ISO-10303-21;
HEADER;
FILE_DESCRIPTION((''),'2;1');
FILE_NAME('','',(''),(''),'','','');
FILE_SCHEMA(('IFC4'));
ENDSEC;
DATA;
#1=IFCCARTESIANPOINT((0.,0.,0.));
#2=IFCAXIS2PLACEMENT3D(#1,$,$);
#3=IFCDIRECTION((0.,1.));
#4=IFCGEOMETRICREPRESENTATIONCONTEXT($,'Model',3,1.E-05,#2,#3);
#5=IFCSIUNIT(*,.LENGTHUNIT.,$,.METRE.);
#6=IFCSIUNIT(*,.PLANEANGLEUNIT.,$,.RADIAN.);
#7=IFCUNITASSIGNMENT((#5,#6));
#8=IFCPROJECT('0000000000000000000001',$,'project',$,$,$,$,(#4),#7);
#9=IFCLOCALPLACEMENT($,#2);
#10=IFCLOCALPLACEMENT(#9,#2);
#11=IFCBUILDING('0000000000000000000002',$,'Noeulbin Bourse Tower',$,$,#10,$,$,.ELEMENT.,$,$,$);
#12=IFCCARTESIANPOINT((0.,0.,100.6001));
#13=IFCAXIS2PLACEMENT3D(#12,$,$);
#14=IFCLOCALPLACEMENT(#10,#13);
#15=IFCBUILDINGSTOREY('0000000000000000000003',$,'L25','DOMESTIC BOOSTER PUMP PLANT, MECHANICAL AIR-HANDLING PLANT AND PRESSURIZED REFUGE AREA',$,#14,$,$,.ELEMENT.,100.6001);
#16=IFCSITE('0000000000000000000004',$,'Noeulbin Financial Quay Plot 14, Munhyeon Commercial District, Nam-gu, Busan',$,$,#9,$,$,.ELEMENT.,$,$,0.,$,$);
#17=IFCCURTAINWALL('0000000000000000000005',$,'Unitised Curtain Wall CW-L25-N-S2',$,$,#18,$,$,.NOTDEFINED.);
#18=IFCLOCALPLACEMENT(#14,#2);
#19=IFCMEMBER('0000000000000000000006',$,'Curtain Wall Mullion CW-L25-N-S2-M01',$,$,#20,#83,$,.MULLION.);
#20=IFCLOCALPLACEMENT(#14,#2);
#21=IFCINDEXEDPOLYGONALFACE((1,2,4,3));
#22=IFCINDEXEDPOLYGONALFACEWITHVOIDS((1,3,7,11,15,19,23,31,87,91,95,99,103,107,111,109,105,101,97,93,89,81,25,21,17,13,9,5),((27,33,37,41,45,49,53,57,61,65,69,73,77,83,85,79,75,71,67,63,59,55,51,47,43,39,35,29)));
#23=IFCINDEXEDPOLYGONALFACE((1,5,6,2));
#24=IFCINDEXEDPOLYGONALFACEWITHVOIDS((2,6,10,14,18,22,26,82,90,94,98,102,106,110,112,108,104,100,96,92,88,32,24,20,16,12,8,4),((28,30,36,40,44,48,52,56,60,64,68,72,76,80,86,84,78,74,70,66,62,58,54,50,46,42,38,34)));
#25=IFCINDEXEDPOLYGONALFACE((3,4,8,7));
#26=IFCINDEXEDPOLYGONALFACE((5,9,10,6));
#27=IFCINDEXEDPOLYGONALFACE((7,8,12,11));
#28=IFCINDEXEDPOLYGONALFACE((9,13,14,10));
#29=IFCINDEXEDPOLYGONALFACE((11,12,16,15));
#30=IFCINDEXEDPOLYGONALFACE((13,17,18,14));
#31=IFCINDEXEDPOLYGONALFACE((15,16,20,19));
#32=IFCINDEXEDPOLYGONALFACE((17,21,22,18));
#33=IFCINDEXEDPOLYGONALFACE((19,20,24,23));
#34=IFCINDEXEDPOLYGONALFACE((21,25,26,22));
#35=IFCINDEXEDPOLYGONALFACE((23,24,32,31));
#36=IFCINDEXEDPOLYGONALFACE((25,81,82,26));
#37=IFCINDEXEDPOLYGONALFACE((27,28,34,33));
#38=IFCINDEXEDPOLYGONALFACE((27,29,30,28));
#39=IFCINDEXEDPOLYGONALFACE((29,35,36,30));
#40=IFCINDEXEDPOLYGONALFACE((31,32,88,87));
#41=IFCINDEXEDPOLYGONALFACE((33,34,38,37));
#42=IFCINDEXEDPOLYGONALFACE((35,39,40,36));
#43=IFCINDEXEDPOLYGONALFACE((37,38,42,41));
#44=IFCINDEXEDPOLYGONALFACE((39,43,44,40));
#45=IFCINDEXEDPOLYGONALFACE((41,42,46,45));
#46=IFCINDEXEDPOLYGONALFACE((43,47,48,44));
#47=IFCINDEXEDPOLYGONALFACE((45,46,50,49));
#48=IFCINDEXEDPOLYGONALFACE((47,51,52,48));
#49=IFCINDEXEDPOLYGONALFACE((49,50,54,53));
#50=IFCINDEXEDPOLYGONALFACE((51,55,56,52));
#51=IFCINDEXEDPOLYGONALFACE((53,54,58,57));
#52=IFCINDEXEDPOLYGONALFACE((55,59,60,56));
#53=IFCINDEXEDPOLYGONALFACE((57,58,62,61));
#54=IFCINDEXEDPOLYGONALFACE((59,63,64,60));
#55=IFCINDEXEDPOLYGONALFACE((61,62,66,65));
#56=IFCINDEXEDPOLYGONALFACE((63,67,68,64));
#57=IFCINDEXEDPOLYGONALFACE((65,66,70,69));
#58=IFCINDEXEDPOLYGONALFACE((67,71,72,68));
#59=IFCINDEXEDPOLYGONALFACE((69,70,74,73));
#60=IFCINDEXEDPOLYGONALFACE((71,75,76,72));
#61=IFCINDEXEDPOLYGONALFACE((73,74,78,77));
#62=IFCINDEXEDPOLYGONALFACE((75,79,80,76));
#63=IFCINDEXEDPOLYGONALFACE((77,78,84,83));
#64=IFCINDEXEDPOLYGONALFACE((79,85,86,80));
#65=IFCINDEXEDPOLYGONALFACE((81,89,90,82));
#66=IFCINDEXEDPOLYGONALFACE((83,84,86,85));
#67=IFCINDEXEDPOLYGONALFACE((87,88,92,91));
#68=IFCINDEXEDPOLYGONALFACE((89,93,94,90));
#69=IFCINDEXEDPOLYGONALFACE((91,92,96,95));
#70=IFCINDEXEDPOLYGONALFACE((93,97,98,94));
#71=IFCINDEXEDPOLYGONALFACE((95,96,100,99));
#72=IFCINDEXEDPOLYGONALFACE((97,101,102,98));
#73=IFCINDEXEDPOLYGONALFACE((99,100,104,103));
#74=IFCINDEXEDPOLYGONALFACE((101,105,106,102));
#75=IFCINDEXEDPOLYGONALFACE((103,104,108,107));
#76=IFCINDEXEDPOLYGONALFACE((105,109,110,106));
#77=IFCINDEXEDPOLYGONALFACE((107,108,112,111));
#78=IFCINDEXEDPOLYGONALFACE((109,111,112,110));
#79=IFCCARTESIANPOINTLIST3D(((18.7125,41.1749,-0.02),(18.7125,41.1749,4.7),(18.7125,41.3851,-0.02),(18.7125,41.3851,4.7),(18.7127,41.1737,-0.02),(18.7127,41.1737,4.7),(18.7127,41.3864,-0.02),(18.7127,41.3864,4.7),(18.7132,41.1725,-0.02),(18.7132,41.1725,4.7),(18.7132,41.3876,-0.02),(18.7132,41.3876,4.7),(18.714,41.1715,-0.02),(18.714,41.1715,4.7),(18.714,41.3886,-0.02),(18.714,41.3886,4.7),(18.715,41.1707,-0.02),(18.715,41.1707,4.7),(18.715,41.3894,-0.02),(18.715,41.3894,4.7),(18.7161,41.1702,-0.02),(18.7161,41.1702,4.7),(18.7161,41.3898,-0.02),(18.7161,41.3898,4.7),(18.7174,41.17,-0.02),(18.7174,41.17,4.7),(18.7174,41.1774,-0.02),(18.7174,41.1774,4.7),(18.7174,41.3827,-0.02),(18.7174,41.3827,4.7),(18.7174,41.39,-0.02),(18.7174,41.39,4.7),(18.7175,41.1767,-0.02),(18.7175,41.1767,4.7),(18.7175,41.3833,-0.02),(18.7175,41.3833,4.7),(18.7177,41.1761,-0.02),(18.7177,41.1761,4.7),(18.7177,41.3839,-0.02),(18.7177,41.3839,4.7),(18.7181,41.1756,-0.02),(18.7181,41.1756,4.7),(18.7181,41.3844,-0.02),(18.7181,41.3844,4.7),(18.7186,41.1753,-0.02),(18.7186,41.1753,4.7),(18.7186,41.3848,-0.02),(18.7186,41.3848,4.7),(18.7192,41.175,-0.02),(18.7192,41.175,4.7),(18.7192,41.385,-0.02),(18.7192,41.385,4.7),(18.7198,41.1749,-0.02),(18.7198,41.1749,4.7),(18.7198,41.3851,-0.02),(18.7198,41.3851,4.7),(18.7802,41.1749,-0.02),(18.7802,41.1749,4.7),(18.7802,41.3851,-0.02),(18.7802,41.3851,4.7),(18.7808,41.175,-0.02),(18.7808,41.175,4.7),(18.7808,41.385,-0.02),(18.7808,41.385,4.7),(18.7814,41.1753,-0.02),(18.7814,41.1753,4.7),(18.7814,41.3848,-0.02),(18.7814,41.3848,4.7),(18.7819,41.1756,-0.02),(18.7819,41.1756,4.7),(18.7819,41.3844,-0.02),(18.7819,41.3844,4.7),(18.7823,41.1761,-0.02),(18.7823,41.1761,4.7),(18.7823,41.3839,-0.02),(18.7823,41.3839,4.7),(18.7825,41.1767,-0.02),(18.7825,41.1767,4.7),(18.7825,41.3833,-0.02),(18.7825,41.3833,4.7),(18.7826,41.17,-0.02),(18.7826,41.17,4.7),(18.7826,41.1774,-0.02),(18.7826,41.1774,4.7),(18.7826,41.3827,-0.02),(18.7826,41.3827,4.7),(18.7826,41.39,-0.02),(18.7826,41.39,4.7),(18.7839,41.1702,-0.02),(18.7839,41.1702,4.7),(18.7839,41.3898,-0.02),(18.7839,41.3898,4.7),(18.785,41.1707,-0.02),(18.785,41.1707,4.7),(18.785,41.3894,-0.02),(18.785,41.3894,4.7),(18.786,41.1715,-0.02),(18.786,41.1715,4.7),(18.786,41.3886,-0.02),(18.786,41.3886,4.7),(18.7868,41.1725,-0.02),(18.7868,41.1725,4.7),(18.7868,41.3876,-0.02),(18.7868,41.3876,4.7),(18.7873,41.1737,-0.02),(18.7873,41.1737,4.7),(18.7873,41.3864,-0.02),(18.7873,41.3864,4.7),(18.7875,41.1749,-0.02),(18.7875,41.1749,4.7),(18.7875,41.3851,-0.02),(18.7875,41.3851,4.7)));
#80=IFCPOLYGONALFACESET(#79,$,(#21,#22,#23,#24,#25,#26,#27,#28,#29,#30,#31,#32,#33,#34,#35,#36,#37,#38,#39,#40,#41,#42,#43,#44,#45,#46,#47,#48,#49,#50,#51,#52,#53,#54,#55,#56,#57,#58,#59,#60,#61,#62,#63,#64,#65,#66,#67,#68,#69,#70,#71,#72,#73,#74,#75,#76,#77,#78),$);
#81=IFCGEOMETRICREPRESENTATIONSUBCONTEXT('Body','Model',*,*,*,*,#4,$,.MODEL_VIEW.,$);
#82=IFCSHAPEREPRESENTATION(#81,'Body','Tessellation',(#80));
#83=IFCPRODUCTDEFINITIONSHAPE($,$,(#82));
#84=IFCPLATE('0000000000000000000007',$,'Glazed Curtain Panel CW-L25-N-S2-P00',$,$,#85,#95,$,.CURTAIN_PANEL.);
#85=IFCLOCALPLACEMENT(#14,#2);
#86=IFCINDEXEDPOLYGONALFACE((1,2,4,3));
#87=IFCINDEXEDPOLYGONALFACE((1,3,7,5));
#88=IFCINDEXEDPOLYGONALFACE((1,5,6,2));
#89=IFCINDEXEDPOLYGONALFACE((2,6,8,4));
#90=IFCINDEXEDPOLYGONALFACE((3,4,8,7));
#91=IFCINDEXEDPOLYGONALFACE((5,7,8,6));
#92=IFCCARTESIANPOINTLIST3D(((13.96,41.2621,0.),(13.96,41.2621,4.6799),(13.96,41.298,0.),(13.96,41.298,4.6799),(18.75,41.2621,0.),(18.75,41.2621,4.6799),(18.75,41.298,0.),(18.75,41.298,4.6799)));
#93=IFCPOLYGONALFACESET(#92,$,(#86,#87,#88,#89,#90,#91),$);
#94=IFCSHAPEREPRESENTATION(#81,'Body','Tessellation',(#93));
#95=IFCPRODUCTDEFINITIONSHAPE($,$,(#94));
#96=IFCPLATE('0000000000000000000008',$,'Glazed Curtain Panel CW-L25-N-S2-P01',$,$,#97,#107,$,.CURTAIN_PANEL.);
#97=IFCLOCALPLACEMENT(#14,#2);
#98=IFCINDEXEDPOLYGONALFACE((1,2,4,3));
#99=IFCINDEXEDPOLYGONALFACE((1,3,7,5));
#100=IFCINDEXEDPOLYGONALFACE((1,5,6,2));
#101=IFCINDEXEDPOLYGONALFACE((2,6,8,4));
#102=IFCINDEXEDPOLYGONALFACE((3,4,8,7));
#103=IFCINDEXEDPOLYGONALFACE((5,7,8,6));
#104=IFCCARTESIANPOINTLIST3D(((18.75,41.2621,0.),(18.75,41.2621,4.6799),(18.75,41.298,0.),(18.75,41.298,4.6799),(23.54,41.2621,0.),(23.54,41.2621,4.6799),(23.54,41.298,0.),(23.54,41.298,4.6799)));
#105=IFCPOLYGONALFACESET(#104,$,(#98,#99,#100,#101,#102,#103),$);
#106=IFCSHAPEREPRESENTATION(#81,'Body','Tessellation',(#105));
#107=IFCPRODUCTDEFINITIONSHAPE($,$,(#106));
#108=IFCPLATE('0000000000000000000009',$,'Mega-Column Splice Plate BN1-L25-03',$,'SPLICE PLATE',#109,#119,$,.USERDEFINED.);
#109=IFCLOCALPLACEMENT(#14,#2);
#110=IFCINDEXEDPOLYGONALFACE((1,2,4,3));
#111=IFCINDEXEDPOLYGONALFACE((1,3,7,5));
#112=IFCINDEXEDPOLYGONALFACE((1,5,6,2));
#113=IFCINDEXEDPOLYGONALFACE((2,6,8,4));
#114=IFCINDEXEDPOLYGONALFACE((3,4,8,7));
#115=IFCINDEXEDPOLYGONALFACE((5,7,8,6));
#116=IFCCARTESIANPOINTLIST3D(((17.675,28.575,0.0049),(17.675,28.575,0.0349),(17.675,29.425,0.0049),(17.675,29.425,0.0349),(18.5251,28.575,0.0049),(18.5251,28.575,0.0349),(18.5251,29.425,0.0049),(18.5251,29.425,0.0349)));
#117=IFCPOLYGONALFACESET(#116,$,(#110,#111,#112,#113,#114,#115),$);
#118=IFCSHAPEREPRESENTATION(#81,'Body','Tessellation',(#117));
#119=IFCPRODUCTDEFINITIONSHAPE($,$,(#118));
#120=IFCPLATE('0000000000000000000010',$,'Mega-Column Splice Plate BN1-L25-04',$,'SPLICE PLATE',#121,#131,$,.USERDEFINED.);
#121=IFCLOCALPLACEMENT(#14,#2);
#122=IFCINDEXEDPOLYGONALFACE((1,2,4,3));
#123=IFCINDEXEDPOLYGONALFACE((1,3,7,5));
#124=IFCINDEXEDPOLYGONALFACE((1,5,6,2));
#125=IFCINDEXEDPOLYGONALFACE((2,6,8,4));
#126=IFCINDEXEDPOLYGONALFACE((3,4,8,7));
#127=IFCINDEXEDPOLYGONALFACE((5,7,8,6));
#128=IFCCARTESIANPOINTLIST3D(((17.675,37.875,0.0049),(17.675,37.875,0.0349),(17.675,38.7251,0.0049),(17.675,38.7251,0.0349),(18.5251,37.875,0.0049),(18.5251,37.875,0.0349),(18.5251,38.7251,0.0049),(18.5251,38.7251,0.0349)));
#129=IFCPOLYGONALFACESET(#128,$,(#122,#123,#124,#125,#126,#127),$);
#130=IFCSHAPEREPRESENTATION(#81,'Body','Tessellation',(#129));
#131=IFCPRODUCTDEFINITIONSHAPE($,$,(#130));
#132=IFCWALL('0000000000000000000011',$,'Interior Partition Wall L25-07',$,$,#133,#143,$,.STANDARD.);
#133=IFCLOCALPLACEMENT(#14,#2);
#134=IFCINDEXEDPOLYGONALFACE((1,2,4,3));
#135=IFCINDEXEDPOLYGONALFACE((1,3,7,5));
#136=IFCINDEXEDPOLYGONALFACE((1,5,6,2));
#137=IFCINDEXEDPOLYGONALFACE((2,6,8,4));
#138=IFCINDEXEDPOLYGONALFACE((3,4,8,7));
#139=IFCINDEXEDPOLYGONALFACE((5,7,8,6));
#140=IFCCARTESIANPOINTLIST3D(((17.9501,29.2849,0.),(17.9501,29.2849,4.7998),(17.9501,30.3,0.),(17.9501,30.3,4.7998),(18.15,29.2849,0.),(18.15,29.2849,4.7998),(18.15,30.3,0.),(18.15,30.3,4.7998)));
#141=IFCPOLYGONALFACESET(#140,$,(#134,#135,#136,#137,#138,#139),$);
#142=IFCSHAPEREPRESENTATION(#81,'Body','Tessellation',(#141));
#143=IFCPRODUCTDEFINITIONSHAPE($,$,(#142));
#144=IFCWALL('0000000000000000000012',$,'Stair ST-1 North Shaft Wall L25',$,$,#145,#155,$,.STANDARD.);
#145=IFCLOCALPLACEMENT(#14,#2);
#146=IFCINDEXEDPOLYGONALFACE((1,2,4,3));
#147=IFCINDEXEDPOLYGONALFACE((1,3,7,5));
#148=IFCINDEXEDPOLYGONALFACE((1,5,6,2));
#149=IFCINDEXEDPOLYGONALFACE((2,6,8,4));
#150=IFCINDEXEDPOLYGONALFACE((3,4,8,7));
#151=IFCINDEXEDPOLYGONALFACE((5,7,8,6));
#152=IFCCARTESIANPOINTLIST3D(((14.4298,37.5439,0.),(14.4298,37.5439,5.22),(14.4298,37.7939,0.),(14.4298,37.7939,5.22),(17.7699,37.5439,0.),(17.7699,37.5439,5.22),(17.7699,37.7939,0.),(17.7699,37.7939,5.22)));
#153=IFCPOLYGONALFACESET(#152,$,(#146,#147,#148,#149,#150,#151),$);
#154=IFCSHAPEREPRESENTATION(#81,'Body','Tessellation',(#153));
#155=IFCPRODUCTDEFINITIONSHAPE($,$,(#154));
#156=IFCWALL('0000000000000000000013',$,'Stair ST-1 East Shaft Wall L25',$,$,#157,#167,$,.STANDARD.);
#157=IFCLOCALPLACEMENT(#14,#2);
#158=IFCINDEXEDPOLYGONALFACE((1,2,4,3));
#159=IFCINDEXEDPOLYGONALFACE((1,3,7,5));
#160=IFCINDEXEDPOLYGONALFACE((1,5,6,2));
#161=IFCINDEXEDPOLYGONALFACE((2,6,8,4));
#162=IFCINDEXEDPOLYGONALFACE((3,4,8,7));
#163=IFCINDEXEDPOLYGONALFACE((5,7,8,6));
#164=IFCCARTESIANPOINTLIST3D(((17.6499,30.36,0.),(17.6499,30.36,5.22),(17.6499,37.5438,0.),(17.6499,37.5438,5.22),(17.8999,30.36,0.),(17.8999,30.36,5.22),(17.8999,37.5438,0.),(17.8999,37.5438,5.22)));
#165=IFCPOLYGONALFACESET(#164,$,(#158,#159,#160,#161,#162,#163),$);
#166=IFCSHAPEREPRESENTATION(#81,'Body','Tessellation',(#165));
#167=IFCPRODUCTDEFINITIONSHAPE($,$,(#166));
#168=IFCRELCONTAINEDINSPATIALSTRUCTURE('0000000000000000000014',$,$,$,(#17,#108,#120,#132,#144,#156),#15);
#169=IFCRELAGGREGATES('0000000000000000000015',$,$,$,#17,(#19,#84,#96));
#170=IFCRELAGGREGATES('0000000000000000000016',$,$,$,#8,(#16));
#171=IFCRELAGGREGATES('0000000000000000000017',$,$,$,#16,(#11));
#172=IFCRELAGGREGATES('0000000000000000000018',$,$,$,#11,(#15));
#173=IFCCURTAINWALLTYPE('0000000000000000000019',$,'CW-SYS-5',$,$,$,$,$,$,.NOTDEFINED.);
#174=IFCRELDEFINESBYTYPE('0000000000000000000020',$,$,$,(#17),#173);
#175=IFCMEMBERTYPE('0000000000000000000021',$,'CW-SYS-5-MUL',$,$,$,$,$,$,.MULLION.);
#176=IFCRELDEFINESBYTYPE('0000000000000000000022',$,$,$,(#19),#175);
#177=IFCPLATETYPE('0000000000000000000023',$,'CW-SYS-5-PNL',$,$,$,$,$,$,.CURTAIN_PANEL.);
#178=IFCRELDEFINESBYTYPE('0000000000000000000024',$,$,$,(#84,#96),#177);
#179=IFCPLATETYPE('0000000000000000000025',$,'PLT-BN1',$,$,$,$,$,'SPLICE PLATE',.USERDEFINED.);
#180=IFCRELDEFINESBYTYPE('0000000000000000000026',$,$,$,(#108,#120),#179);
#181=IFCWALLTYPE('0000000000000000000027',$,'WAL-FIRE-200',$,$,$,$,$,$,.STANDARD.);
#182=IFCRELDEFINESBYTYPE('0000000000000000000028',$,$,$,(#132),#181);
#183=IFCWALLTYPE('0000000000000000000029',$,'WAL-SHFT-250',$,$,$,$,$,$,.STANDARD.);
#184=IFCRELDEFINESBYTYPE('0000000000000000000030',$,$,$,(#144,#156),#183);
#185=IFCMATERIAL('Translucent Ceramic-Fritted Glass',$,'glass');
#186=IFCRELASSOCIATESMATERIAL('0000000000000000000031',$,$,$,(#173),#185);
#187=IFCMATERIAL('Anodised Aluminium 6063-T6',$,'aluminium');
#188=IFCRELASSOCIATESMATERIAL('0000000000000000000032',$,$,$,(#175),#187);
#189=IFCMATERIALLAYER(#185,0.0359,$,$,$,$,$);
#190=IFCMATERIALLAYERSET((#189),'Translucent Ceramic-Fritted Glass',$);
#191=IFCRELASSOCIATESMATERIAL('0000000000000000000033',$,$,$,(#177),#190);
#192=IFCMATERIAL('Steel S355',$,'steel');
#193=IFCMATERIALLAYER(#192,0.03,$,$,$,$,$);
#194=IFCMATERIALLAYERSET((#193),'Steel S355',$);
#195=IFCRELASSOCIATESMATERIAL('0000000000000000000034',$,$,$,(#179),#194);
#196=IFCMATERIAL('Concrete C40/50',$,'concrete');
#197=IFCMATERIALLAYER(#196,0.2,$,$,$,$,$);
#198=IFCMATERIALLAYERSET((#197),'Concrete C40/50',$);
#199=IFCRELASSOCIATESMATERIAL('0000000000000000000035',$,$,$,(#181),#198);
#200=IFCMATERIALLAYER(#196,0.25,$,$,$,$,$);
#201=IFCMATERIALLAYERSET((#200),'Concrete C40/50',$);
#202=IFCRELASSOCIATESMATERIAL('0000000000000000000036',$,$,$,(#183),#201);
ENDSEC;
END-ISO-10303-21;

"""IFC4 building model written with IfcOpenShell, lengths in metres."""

from ifc_helpers import new_model, si_unit, direction, frame, frame_2d, origin, origin_2d, place, context, subcontext, project, spatial, rectangle, hollow_rectangle, extrude, material, layer, layer_set, material_profile, profile_set, type_object, element, aggregate, save


model = new_model("IFC4")

# Units and contexts
model_context = context("Model", 3, precision=1e-05, world=origin(), true_north=direction((0.0, 1.0)))
body_context = subcontext(model_context, "Body", "Model", "MODEL_VIEW")
ifc_project = project(units=[si_unit("LENGTHUNIT", "METRE"), si_unit("PLANEANGLEUNIT", "RADIAN")], contexts=[model_context])

# Site, building, storey
site_placement = place(None, origin())
site = spatial("IfcSite", under=ifc_project, at=site_placement, Name="Noeulbin Financial Quay Plot 14, Munhyeon Commercial District, Nam-gu, Busan", CompositionType="ELEMENT", RefElevation=0.0)
building_placement = place(site_placement, origin())
building = spatial("IfcBuilding", under=site, at=building_placement, Name="Noeulbin Bourse Tower", CompositionType="ELEMENT")
storey_placement = place(building_placement, frame((0.0, 0.0, 100.6001)))
storey = spatial("IfcBuildingStorey", under=building, at=storey_placement, Name="L25", Description="DOMESTIC BOOSTER PUMP PLANT, MECHANICAL AIR-HANDLING PLANT AND PRESSURIZED REFUGE AREA", CompositionType="ELEMENT", Elevation=100.6001)

# Shared definitions
ifc_material_1 = material(Name="Steel S355", Category="steel")

# Curtain wall, member, plates
ifc_material_2 = material(Name="Translucent Ceramic-Fritted Glass", Category="glass")
curtain_wall_type = type_object("IfcCurtainWallType", Name="CW-SYS-5", PredefinedType="NOTDEFINED", material=ifc_material_2)
curtain_wall_placement = place(storey_placement, origin())
curtain_wall = element("IfcCurtainWall", 1, at=curtain_wall_placement, inside=storey, type_object=curtain_wall_type, Name="Unitised Curtain Wall CW-L25-N-S2", PredefinedType="NOTDEFINED")
ifc_material_3 = material(Name="Anodised Aluminium 6063-T6", Category="aluminium")
ifc_material_profile_1 = material_profile(ifc_material_3, hollow_rectangle(XDim=0.075, YDim=0.22, WallThickness=0.0049, InnerFilletRadius=0.0024, OuterFilletRadius=0.0049, at=origin_2d()), Name="ALU-MULL-75x220x5", Category="LoadBearing")
ifc_profile_set_1 = profile_set([ifc_material_profile_1], Name="Anodised Aluminium 6063-T6")
member_type = type_object("IfcMemberType", Name="CW-SYS-5-MUL", PredefinedType="MULLION", material=ifc_profile_set_1)
member_placement = place(storey_placement, frame((18.75, 41.28, -0.02), z_axis=(0.0, 0.0, 1.0), x_axis=(1.0, 0.0, 0.0)))
member = element("IfcMember", 2, at=member_placement, type_object=member_type, Name="Curtain Wall Mullion CW-L25-N-S2-M01", PredefinedType="MULLION", context=body_context, shape_type="SweptSolid", body=[
    extrude(hollow_rectangle(XDim=0.075, YDim=0.22, WallThickness=0.0049, InnerFilletRadius=0.0024, OuterFilletRadius=0.0049, at=origin_2d()), origin(), (0.0, 0.0, 1.0), 4.72),
])
ifc_layer_1 = layer(ifc_material_2, 0.0359)
ifc_layer_set_1 = layer_set([ifc_layer_1], Name="Translucent Ceramic-Fritted Glass")
plate_type_1 = type_object("IfcPlateType", Name="CW-SYS-5-PNL", PredefinedType="CURTAIN_PANEL", material=ifc_layer_set_1)
plate_1_placement = place(storey_placement, frame((16.355, 41.28, 0.0), z_axis=(0.0, 0.0, 1.0), x_axis=(1.0, 0.0, 0.0)))
plate_1 = element("IfcPlate", 3, at=plate_1_placement, type_object=plate_type_1, Name="Glazed Curtain Panel CW-L25-N-S2-P00", PredefinedType="CURTAIN_PANEL", context=body_context, shape_type="SweptSolid", body=[
    extrude(rectangle(XDim=4.79, YDim=0.0359, at=origin_2d()), origin(), (0.0, 0.0, 1.0), 4.6799),
])
plate_2_placement = place(storey_placement, frame((21.145, 41.28, 0.0), z_axis=(0.0, 0.0, 1.0), x_axis=(1.0, 0.0, 0.0)))
plate_2 = element("IfcPlate", 4, at=plate_2_placement, type_object=plate_type_1, Name="Glazed Curtain Panel CW-L25-N-S2-P01", PredefinedType="CURTAIN_PANEL", context=body_context, shape_type="SweptSolid", body=[
    extrude(rectangle(XDim=4.79, YDim=0.0359, at=origin_2d()), origin(), (0.0, 0.0, 1.0), 4.6799),
])
aggregate(curtain_wall, [member, plate_1, plate_2])

# Plates
ifc_layer_2 = layer(ifc_material_1, 0.03)
ifc_layer_set_2 = layer_set([ifc_layer_2], Name="Steel S355")
plate_type_2 = type_object("IfcPlateType", Name="PLT-BN1", ElementType="SPLICE PLATE", PredefinedType="USERDEFINED", material=ifc_layer_set_2)
for number, where, z_axis, x_axis, name in (
    (5, (18.1001, 29.0, 0.0049), (0.0, 0.0, 1.0), (1.0, 0.0, 0.0), "Mega-Column Splice Plate BN1-L25-03"),
    (6, (18.1001, 38.3, 0.0049), (0.0, 0.0, 1.0), (1.0, 0.0, 0.0), "Mega-Column Splice Plate BN1-L25-04"),
):
    element("IfcPlate", number, at=place(storey_placement, frame(where, z_axis=z_axis, x_axis=x_axis)), inside=storey, type_object=plate_type_2, Name=name, ObjectType="SPLICE PLATE", PredefinedType="USERDEFINED", context=body_context, shape_type="SweptSolid", body=[
        extrude(rectangle(XDim=0.8501, YDim=0.8501, at=origin_2d()), origin(), (0.0, 0.0, 1.0), 0.03),
    ])

# Walls
ifc_material_4 = material(Name="Concrete C40/50", Category="concrete")
ifc_layer_3 = layer(ifc_material_4, 0.2)
ifc_layer_set_3 = layer_set([ifc_layer_3], Name="Concrete C40/50")
wall_type_1 = type_object("IfcWallType", Name="WAL-FIRE-200", PredefinedType="STANDARD", material=ifc_layer_set_3)
wall_1_placement = place(storey_placement, frame((18.05, 29.2849, 0.0), z_axis=(0.0, 0.0, 1.0), x_axis=(0.0, 1.0, 0.0)))
element("IfcWall", 7, at=wall_1_placement, inside=storey, type_object=wall_type_1, Name="Interior Partition Wall L25-07", PredefinedType="STANDARD", context=body_context, shape_type="SweptSolid", body=[
    extrude(rectangle(XDim=1.0151, YDim=0.2, at=frame_2d((0.5076, 0.0))), origin(), (0.0, 0.0, 1.0), 4.7998),
])
ifc_layer_4 = layer(ifc_material_4, 0.25)
ifc_layer_set_4 = layer_set([ifc_layer_4], Name="Concrete C40/50")
wall_type_2 = type_object("IfcWallType", Name="WAL-SHFT-250", PredefinedType="STANDARD", material=ifc_layer_set_4)
wall_2_placement = place(storey_placement, frame((14.4299, 37.6689, 0.0), z_axis=(0.0, 0.0, 1.0), x_axis=(1.0, 0.0, 0.0)))
element("IfcWall", 8, at=wall_2_placement, inside=storey, type_object=wall_type_2, Name="Stair ST-1 North Shaft Wall L25", PredefinedType="STANDARD", context=body_context, shape_type="SweptSolid", body=[
    extrude(rectangle(XDim=3.3401, YDim=0.25, at=frame_2d((1.6699, 0.0))), origin(), (0.0, 0.0, 1.0), 5.22),
])
wall_3_placement = place(storey_placement, frame((17.7749, 30.3601, 0.0), z_axis=(0.0, 0.0, 1.0), x_axis=(0.0, 1.0, 0.0)))
element("IfcWall", 9, at=wall_3_placement, inside=storey, type_object=wall_type_2, Name="Stair ST-1 East Shaft Wall L25", PredefinedType="STANDARD", context=body_context, shape_type="SweptSolid", body=[
    extrude(rectangle(XDim=7.1838, YDim=0.25, at=frame_2d((3.5918, 0.0))), origin(), (0.0, 0.0, 1.0), 5.22),
])

save(model, "model.ifc")
